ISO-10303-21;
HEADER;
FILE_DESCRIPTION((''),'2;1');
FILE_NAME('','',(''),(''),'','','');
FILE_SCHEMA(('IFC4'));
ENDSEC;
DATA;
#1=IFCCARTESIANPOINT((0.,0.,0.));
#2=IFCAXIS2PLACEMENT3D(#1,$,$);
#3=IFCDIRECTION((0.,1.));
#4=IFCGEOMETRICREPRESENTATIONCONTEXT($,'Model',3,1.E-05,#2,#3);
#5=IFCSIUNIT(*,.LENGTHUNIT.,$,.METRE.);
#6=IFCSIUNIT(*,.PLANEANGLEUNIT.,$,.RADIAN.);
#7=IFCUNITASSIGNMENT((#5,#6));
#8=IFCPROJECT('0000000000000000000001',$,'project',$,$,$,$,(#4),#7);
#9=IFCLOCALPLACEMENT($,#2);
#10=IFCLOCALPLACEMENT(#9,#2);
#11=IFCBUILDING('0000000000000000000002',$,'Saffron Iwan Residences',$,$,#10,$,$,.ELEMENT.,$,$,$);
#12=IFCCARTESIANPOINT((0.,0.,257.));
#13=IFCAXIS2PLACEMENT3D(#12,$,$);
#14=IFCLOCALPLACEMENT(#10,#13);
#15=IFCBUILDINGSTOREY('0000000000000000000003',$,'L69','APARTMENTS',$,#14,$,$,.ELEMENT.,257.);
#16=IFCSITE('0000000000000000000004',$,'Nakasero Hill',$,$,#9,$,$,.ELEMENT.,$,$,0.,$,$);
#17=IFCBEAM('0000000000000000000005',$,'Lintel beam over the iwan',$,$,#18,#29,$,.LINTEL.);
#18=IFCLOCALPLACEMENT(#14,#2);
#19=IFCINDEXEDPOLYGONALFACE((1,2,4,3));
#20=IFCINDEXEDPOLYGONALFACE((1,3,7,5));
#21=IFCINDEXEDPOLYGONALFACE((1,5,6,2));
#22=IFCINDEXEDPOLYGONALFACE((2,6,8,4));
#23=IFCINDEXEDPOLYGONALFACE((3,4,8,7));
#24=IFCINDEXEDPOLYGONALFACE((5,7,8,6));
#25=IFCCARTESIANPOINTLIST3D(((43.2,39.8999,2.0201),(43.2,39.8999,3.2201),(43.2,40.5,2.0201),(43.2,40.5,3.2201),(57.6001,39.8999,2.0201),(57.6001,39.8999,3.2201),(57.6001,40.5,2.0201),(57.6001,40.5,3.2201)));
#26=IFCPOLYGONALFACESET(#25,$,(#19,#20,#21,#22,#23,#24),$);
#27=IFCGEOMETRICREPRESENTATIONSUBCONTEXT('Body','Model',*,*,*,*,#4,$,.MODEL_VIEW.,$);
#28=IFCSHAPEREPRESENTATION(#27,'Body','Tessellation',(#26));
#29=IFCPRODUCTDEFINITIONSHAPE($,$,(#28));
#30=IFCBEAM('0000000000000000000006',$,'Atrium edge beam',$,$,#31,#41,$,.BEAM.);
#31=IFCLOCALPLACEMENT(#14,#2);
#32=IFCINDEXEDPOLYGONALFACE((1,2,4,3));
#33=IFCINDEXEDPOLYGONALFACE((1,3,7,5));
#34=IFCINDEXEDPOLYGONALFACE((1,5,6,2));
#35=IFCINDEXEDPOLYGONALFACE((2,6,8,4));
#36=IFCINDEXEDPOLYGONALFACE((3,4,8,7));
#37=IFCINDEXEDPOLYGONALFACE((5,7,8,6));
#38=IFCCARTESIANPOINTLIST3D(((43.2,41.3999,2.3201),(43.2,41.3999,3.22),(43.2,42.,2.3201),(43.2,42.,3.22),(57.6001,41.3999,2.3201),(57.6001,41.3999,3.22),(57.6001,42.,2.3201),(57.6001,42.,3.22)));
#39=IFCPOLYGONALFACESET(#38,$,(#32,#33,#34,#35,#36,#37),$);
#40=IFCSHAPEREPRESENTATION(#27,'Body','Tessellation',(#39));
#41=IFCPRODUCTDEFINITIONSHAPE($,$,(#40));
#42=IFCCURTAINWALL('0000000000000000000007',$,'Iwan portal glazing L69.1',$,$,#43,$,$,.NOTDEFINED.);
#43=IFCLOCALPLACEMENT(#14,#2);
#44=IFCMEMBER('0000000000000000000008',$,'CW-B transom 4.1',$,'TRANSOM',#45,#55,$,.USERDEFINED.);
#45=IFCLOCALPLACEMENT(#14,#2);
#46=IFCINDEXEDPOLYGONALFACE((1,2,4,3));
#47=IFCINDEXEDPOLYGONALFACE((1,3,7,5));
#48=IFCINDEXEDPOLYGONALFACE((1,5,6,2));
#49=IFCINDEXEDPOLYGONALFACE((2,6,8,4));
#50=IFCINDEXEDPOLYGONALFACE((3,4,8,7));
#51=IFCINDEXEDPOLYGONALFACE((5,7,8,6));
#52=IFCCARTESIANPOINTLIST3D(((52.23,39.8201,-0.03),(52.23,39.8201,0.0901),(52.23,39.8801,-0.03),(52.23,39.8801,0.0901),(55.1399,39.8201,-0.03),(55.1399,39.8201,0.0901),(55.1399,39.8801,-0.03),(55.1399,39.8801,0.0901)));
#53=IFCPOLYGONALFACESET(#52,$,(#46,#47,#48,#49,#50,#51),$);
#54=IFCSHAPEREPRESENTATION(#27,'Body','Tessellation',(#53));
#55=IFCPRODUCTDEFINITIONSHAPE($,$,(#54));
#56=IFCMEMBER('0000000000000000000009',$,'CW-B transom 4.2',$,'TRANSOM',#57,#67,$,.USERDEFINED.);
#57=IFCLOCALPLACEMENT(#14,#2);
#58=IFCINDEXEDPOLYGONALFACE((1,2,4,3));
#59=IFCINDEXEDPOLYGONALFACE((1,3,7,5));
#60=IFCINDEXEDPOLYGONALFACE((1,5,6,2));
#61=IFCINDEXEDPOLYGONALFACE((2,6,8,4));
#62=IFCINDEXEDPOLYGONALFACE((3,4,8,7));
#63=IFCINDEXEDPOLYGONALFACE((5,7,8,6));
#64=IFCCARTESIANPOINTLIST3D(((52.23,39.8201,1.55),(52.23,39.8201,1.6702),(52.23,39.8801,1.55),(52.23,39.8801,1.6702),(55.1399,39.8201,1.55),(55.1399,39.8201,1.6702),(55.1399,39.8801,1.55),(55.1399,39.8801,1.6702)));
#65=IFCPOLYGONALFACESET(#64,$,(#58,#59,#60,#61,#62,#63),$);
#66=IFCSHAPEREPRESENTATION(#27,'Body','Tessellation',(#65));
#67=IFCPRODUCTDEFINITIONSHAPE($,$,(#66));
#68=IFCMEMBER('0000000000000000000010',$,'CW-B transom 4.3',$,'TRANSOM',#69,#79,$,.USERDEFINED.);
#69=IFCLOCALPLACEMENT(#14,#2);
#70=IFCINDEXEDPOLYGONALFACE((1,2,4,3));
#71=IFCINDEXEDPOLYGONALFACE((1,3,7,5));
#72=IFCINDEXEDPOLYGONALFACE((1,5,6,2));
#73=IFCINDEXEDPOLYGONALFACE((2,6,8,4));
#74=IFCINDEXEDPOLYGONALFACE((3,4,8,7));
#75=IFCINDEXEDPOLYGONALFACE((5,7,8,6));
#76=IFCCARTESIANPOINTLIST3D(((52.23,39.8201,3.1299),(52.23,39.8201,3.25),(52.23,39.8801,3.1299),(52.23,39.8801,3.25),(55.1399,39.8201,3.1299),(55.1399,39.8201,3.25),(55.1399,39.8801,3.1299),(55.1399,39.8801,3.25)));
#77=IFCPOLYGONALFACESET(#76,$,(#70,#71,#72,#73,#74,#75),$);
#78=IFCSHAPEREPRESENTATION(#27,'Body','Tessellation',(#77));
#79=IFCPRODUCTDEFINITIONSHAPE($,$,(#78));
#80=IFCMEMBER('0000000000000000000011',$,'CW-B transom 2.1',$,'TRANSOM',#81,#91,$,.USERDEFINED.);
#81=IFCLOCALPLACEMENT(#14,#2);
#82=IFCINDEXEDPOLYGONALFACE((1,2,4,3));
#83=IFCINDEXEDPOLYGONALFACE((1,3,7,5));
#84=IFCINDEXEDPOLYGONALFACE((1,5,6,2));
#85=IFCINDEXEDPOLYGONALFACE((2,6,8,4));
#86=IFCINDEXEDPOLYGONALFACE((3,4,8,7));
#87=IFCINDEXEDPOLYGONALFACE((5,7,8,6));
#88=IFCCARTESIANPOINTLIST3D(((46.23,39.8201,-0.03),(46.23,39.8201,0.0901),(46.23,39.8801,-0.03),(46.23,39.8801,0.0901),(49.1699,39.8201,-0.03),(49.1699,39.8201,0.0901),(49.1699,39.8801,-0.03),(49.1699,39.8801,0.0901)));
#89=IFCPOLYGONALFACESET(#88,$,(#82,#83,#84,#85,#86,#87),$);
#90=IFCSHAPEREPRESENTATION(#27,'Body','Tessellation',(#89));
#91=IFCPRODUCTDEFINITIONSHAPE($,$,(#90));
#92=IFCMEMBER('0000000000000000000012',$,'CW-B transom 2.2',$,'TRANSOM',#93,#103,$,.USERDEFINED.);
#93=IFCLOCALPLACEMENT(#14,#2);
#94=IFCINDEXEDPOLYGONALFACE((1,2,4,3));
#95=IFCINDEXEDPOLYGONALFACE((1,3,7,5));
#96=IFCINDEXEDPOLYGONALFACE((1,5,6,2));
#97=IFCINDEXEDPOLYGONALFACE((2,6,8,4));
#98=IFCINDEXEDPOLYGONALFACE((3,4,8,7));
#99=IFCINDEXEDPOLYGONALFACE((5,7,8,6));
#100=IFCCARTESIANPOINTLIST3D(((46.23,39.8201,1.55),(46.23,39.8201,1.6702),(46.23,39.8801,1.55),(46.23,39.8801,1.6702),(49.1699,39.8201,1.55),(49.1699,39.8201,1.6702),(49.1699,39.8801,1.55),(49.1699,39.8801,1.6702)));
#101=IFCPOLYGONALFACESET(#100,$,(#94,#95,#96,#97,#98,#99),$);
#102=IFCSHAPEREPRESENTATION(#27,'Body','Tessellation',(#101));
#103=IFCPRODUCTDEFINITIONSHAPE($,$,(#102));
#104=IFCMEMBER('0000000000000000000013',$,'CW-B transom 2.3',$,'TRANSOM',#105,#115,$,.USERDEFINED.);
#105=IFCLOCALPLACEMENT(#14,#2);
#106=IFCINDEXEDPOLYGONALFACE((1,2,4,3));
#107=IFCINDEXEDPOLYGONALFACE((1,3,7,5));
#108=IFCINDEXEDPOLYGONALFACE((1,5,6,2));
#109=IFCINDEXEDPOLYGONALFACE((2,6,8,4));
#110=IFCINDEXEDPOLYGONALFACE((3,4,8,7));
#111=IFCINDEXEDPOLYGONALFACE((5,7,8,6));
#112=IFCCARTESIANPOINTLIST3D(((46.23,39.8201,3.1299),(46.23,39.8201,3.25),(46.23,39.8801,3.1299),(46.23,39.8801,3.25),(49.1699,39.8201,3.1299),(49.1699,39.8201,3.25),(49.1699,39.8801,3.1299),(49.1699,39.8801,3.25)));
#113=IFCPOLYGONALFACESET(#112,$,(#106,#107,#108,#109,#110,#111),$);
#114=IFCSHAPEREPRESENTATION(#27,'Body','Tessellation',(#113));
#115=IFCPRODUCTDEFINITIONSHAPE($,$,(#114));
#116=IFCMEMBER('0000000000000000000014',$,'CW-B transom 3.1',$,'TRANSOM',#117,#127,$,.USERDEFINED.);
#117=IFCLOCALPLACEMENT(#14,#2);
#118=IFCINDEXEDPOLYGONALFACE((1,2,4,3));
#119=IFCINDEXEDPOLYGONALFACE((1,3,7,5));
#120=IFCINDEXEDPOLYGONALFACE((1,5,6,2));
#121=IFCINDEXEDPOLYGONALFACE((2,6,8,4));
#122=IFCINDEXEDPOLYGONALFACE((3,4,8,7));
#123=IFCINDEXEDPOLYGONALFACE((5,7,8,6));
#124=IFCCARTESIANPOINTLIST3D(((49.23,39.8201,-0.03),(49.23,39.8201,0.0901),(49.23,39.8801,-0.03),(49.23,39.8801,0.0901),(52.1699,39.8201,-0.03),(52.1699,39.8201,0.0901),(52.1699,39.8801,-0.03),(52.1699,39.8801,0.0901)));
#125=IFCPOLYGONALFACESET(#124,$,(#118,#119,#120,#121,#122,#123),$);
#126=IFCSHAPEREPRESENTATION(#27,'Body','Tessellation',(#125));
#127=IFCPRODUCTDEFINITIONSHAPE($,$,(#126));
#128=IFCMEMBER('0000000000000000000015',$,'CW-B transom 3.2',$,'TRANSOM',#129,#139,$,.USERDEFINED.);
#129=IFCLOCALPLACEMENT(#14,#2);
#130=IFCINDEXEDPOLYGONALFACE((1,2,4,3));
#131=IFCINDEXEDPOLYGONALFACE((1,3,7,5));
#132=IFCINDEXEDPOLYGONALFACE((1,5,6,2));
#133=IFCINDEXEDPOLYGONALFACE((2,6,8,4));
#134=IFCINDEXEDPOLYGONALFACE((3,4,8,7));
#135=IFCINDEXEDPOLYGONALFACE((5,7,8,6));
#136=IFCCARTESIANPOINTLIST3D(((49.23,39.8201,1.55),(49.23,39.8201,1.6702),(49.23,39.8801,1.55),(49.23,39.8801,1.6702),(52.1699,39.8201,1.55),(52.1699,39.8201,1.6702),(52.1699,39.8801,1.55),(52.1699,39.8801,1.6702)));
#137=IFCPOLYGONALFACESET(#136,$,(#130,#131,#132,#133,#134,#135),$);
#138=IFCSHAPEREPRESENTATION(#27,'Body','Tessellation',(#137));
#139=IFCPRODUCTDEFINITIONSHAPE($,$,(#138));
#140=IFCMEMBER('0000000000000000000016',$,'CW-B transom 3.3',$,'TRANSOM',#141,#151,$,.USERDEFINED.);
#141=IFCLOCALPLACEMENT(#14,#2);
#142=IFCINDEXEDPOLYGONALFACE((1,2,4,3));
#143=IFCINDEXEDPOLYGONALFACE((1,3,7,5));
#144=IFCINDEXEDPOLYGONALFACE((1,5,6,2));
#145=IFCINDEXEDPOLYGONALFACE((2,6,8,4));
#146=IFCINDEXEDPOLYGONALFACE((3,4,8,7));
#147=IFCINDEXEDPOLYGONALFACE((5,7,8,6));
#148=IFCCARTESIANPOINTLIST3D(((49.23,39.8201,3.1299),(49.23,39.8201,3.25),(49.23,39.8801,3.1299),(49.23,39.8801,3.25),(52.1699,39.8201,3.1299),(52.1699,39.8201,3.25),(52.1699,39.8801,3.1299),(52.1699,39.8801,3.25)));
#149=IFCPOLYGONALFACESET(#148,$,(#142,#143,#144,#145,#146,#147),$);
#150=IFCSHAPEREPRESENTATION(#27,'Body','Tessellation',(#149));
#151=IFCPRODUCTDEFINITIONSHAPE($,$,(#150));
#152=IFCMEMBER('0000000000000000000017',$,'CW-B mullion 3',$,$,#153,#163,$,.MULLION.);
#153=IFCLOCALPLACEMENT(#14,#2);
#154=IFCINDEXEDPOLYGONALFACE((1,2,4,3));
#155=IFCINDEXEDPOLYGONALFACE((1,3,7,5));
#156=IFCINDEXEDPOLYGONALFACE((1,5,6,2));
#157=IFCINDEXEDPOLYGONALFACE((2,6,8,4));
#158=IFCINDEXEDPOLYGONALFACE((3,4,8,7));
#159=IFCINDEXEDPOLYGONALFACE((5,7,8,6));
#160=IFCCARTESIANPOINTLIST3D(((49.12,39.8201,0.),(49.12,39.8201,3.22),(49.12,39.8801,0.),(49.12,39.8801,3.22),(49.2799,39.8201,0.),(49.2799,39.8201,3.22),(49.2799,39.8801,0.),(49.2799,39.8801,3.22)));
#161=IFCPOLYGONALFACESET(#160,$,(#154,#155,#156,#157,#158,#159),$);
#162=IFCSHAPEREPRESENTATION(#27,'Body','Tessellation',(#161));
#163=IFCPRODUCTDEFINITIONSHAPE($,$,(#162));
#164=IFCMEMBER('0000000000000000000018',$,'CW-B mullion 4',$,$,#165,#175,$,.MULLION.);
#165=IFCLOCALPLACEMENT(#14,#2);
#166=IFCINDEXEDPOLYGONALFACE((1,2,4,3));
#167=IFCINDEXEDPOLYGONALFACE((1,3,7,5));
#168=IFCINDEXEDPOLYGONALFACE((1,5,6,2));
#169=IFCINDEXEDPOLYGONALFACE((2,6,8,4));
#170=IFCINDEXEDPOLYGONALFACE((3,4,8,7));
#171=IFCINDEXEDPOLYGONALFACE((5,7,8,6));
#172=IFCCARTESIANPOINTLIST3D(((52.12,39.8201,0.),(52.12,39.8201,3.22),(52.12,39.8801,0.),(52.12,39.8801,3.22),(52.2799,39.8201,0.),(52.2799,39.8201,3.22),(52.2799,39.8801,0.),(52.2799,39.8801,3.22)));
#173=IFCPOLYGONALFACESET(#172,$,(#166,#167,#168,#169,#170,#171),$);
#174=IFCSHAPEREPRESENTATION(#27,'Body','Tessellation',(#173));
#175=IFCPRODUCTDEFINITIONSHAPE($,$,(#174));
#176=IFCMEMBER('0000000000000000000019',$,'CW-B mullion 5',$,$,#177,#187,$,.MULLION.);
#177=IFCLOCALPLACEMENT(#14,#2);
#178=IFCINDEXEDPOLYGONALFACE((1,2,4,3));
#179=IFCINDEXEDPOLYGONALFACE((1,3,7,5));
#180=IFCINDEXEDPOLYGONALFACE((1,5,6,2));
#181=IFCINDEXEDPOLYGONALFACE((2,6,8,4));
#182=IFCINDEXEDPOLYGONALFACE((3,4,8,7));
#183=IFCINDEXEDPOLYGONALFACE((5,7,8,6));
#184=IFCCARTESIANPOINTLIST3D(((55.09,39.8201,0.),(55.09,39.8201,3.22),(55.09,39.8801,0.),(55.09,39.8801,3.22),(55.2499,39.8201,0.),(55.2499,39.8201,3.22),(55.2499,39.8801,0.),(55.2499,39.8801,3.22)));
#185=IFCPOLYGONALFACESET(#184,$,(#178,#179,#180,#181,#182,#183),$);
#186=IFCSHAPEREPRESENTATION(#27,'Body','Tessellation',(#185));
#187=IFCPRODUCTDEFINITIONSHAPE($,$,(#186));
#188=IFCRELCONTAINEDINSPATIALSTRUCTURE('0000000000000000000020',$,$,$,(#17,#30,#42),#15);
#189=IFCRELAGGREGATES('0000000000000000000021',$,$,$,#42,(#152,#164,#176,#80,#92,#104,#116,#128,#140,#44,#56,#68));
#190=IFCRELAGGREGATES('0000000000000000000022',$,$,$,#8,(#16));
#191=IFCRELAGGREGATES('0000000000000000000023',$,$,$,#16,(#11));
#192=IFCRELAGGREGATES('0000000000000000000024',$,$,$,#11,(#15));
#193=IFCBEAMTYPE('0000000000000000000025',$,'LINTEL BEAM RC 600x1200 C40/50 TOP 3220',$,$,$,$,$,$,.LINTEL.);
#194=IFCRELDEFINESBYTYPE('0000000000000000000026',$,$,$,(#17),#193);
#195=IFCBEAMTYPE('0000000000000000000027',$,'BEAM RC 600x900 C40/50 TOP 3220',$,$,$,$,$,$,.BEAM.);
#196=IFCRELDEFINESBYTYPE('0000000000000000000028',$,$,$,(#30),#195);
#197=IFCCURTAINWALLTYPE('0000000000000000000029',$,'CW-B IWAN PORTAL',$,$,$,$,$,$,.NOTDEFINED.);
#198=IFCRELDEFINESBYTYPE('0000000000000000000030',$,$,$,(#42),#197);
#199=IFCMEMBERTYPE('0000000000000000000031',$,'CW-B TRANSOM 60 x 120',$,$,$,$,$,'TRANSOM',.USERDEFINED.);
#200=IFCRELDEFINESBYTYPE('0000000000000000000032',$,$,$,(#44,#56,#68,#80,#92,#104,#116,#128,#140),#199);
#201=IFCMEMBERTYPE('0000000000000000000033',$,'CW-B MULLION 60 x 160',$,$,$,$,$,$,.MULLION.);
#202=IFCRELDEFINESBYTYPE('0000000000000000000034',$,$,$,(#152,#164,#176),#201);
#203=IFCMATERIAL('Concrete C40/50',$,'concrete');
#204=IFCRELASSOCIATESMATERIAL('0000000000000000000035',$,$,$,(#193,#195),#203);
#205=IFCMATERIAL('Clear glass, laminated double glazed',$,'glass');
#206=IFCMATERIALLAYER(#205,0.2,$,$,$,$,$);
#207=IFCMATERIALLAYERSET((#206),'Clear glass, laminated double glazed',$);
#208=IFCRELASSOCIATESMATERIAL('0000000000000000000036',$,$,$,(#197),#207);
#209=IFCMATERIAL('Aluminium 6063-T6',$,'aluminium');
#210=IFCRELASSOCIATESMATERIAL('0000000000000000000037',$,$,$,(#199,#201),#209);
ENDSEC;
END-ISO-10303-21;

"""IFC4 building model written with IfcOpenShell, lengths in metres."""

from ifc_helpers import new_model, si_unit, direction, frame, origin, origin_2d, place, context, subcontext, project, spatial, rectangle, extrude, source, transform, mapped, material, layer, layer_set, material_profile, profile_set, type_object, element, aggregate, save


model = new_model("IFC4")

# Units and contexts
model_context = context("Model", 3, precision=1e-05, world=origin(), true_north=direction((0.0, 1.0)))
body_context = subcontext(model_context, "Body", "Model", "MODEL_VIEW")
ifc_project = project(units=[si_unit("LENGTHUNIT", "METRE"), si_unit("PLANEANGLEUNIT", "RADIAN")], contexts=[model_context])

# Site, building, storey
site_placement = place(None, origin())
site = spatial("IfcSite", under=ifc_project, at=site_placement, Name="Nakasero Hill", CompositionType="ELEMENT", RefElevation=0.0)
building_placement = place(site_placement, origin())
building = spatial("IfcBuilding", under=site, at=building_placement, Name="Saffron Iwan Residences", CompositionType="ELEMENT")
storey_placement = place(building_placement, frame((0.0, 0.0, 257.0)))
storey = spatial("IfcBuildingStorey", under=building, at=storey_placement, Name="L69", Description="APARTMENTS", CompositionType="ELEMENT", Elevation=257.0)

# Beams
ifc_material_1 = material(Name="Concrete C40/50", Category="concrete")
ifc_material_profile_1 = material_profile(ifc_material_1, rectangle(XDim=0.6001, YDim=1.2, at=origin_2d()), Name="RC 600x1200")
ifc_profile_set_1 = profile_set([ifc_material_profile_1], Name="Concrete C40/50")
beam_type_1 = type_object("IfcBeamType", Name="LINTEL BEAM RC 600x1200 C40/50 TOP 3220", PredefinedType="LINTEL", material=ifc_profile_set_1)
shared_shape_1 = source(origin(), body_context, "Body", "SweptSolid", [
    extrude(rectangle(XDim=0.6001, YDim=1.2, at=origin_2d()), origin(), (0.0, 0.0, 1.0), 14.4001),
])
beam_1_placement = place(storey_placement, frame((57.6001, 40.2, 2.6201), z_axis=(-1.0, 0.0, 0.0), x_axis=(0.0, -1.0, 0.0)))
element("IfcBeam", 1, at=beam_1_placement, inside=storey, type_object=beam_type_1, Name="Lintel beam over the iwan", PredefinedType="LINTEL", context=body_context, shape_type="MappedRepresentation", body=[
    mapped(shared_shape_1, transform((0.0, 0.0, 0.0))),
])
ifc_material_profile_2 = material_profile(ifc_material_1, rectangle(XDim=0.6001, YDim=0.8999, at=origin_2d()), Name="RC 600x900")
ifc_profile_set_2 = profile_set([ifc_material_profile_2], Name="Concrete C40/50")
beam_type_2 = type_object("IfcBeamType", Name="BEAM RC 600x900 C40/50 TOP 3220", PredefinedType="BEAM", material=ifc_profile_set_2)
shared_shape_2 = source(origin(), body_context, "Body", "SweptSolid", [
    extrude(rectangle(XDim=0.6001, YDim=0.8999, at=origin_2d()), origin(), (0.0, 0.0, 1.0), 14.4001),
])
beam_2_placement = place(storey_placement, frame((57.6001, 41.7, 2.77), z_axis=(-1.0, 0.0, 0.0), x_axis=(0.0, -1.0, 0.0)))
element("IfcBeam", 2, at=beam_2_placement, inside=storey, type_object=beam_type_2, Name="Atrium edge beam", PredefinedType="BEAM", context=body_context, shape_type="MappedRepresentation", body=[
    mapped(shared_shape_2, transform((0.0, 0.0, 0.0))),
])

# Curtain wall, members
ifc_material_2 = material(Name="Clear glass, laminated double glazed", Category="glass")
ifc_layer_1 = layer(ifc_material_2, 0.2)
ifc_layer_set_1 = layer_set([ifc_layer_1], Name="Clear glass, laminated double glazed")
curtain_wall_type = type_object("IfcCurtainWallType", Name="CW-B IWAN PORTAL", PredefinedType="NOTDEFINED", material=ifc_layer_set_1)
curtain_wall_placement = place(storey_placement, origin())
curtain_wall = element("IfcCurtainWall", 3, at=curtain_wall_placement, inside=storey, type_object=curtain_wall_type, Name="Iwan portal glazing L69.1", PredefinedType="NOTDEFINED")
ifc_material_3 = material(Name="Aluminium 6063-T6", Category="aluminium")
ifc_material_profile_3 = material_profile(ifc_material_3, rectangle(XDim=0.0601, YDim=0.1201, at=origin_2d()), Name="CW-B TRANSOM 60 x 120")
ifc_profile_set_3 = profile_set([ifc_material_profile_3], Name="Aluminium 6063-T6")
member_type_1 = type_object("IfcMemberType", Name="CW-B TRANSOM 60 x 120", ElementType="TRANSOM", PredefinedType="USERDEFINED", material=ifc_profile_set_3)
shared_shape_3 = source(origin(), body_context, "Body", "SweptSolid", [
    extrude(rectangle(XDim=0.0601, YDim=0.1201, at=origin_2d()), origin(), (0.0, 0.0, 1.0), 2.9099),
])
member_1_placement = place(storey_placement, frame((52.23, 39.8501, 0.03), z_axis=(1.0, 0.0, 0.0), x_axis=(0.0, 1.0, 0.0)))
member_1 = element("IfcMember", 4, at=member_1_placement, type_object=member_type_1, Name="CW-B transom 4.1", ObjectType="TRANSOM", PredefinedType="USERDEFINED", context=body_context, shape_type="MappedRepresentation", body=[
    mapped(shared_shape_3, transform((0.0, 0.0, 0.0))),
])
member_2_placement = place(storey_placement, frame((52.23, 39.8501, 1.6101), z_axis=(1.0, 0.0, 0.0), x_axis=(0.0, 1.0, 0.0)))
member_2 = element("IfcMember", 5, at=member_2_placement, type_object=member_type_1, Name="CW-B transom 4.2", ObjectType="TRANSOM", PredefinedType="USERDEFINED", context=body_context, shape_type="MappedRepresentation", body=[
    mapped(shared_shape_3, transform((0.0, 0.0, 0.0))),
])
member_3_placement = place(storey_placement, frame((52.23, 39.8501, 3.1899), z_axis=(1.0, 0.0, 0.0), x_axis=(0.0, 1.0, 0.0)))
member_3 = element("IfcMember", 6, at=member_3_placement, type_object=member_type_1, Name="CW-B transom 4.3", ObjectType="TRANSOM", PredefinedType="USERDEFINED", context=body_context, shape_type="MappedRepresentation", body=[
    mapped(shared_shape_3, transform((0.0, 0.0, 0.0))),
])
shared_shape_4 = source(origin(), body_context, "Body", "SweptSolid", [
    extrude(rectangle(XDim=0.0601, YDim=0.1201, at=origin_2d()), origin(), (0.0, 0.0, 1.0), 2.9399),
])
member_4_placement = place(storey_placement, frame((46.23, 39.8501, 0.03), z_axis=(1.0, 0.0, 0.0), x_axis=(0.0, 1.0, 0.0)))
member_4 = element("IfcMember", 7, at=member_4_placement, type_object=member_type_1, Name="CW-B transom 2.1", ObjectType="TRANSOM", PredefinedType="USERDEFINED", context=body_context, shape_type="MappedRepresentation", body=[
    mapped(shared_shape_4, transform((0.0, 0.0, 0.0))),
])
member_5_placement = place(storey_placement, frame((46.23, 39.8501, 1.6101), z_axis=(1.0, 0.0, 0.0), x_axis=(0.0, 1.0, 0.0)))
member_5 = element("IfcMember", 8, at=member_5_placement, type_object=member_type_1, Name="CW-B transom 2.2", ObjectType="TRANSOM", PredefinedType="USERDEFINED", context=body_context, shape_type="MappedRepresentation", body=[
    mapped(shared_shape_4, transform((0.0, 0.0, 0.0))),
])
member_6_placement = place(storey_placement, frame((46.23, 39.8501, 3.1899), z_axis=(1.0, 0.0, 0.0), x_axis=(0.0, 1.0, 0.0)))
member_6 = element("IfcMember", 9, at=member_6_placement, type_object=member_type_1, Name="CW-B transom 2.3", ObjectType="TRANSOM", PredefinedType="USERDEFINED", context=body_context, shape_type="MappedRepresentation", body=[
    mapped(shared_shape_4, transform((0.0, 0.0, 0.0))),
])
member_7_placement = place(storey_placement, frame((49.23, 39.8501, 0.03), z_axis=(1.0, 0.0, 0.0), x_axis=(0.0, 1.0, 0.0)))
member_7 = element("IfcMember", 10, at=member_7_placement, type_object=member_type_1, Name="CW-B transom 3.1", ObjectType="TRANSOM", PredefinedType="USERDEFINED", context=body_context, shape_type="MappedRepresentation", body=[
    mapped(shared_shape_4, transform((0.0, 0.0, 0.0))),
])
member_8_placement = place(storey_placement, frame((49.23, 39.8501, 1.6101), z_axis=(1.0, 0.0, 0.0), x_axis=(0.0, 1.0, 0.0)))
member_8 = element("IfcMember", 11, at=member_8_placement, type_object=member_type_1, Name="CW-B transom 3.2", ObjectType="TRANSOM", PredefinedType="USERDEFINED", context=body_context, shape_type="MappedRepresentation", body=[
    mapped(shared_shape_4, transform((0.0, 0.0, 0.0))),
])
member_9_placement = place(storey_placement, frame((49.23, 39.8501, 3.1899), z_axis=(1.0, 0.0, 0.0), x_axis=(0.0, 1.0, 0.0)))
member_9 = element("IfcMember", 12, at=member_9_placement, type_object=member_type_1, Name="CW-B transom 3.3", ObjectType="TRANSOM", PredefinedType="USERDEFINED", context=body_context, shape_type="MappedRepresentation", body=[
    mapped(shared_shape_4, transform((0.0, 0.0, 0.0))),
])
ifc_material_profile_4 = material_profile(ifc_material_3, rectangle(XDim=0.0601, YDim=0.1599, at=origin_2d()), Name="CW-B MULLION 60 x 160")
ifc_profile_set_4 = profile_set([ifc_material_profile_4], Name="Aluminium 6063-T6")
member_type_2 = type_object("IfcMemberType", Name="CW-B MULLION 60 x 160", PredefinedType="MULLION", material=ifc_profile_set_4)
shared_shape_5 = source(origin(), body_context, "Body", "SweptSolid", [
    extrude(rectangle(XDim=0.0601, YDim=0.1599, at=origin_2d()), origin(), (0.0, 0.0, 1.0), 3.22),
])
member_10_placement = place(storey_placement, frame((49.2, 39.8501, 0.0), z_axis=(0.0, 0.0, 1.0), x_axis=(0.0, 1.0, 0.0)))
member_10 = element("IfcMember", 13, at=member_10_placement, type_object=member_type_2, Name="CW-B mullion 3", PredefinedType="MULLION", context=body_context, shape_type="MappedRepresentation", body=[
    mapped(shared_shape_5, transform((0.0, 0.0, 0.0))),
])
member_11_placement = place(storey_placement, frame((52.2, 39.8501, 0.0), z_axis=(0.0, 0.0, 1.0), x_axis=(0.0, 1.0, 0.0)))
member_11 = element("IfcMember", 14, at=member_11_placement, type_object=member_type_2, Name="CW-B mullion 4", PredefinedType="MULLION", context=body_context, shape_type="MappedRepresentation", body=[
    mapped(shared_shape_5, transform((0.0, 0.0, 0.0))),
])
member_12_placement = place(storey_placement, frame((55.1699, 39.8501, 0.0), z_axis=(0.0, 0.0, 1.0), x_axis=(0.0, 1.0, 0.0)))
member_12 = element("IfcMember", 15, at=member_12_placement, type_object=member_type_2, Name="CW-B mullion 5", PredefinedType="MULLION", context=body_context, shape_type="MappedRepresentation", body=[
    mapped(shared_shape_5, transform((0.0, 0.0, 0.0))),
])
aggregate(curtain_wall, [member_10, member_11, member_12, member_4, member_5, member_6, member_7, member_8, member_9, member_1, member_2, member_3])

save(model, "model.ifc")
